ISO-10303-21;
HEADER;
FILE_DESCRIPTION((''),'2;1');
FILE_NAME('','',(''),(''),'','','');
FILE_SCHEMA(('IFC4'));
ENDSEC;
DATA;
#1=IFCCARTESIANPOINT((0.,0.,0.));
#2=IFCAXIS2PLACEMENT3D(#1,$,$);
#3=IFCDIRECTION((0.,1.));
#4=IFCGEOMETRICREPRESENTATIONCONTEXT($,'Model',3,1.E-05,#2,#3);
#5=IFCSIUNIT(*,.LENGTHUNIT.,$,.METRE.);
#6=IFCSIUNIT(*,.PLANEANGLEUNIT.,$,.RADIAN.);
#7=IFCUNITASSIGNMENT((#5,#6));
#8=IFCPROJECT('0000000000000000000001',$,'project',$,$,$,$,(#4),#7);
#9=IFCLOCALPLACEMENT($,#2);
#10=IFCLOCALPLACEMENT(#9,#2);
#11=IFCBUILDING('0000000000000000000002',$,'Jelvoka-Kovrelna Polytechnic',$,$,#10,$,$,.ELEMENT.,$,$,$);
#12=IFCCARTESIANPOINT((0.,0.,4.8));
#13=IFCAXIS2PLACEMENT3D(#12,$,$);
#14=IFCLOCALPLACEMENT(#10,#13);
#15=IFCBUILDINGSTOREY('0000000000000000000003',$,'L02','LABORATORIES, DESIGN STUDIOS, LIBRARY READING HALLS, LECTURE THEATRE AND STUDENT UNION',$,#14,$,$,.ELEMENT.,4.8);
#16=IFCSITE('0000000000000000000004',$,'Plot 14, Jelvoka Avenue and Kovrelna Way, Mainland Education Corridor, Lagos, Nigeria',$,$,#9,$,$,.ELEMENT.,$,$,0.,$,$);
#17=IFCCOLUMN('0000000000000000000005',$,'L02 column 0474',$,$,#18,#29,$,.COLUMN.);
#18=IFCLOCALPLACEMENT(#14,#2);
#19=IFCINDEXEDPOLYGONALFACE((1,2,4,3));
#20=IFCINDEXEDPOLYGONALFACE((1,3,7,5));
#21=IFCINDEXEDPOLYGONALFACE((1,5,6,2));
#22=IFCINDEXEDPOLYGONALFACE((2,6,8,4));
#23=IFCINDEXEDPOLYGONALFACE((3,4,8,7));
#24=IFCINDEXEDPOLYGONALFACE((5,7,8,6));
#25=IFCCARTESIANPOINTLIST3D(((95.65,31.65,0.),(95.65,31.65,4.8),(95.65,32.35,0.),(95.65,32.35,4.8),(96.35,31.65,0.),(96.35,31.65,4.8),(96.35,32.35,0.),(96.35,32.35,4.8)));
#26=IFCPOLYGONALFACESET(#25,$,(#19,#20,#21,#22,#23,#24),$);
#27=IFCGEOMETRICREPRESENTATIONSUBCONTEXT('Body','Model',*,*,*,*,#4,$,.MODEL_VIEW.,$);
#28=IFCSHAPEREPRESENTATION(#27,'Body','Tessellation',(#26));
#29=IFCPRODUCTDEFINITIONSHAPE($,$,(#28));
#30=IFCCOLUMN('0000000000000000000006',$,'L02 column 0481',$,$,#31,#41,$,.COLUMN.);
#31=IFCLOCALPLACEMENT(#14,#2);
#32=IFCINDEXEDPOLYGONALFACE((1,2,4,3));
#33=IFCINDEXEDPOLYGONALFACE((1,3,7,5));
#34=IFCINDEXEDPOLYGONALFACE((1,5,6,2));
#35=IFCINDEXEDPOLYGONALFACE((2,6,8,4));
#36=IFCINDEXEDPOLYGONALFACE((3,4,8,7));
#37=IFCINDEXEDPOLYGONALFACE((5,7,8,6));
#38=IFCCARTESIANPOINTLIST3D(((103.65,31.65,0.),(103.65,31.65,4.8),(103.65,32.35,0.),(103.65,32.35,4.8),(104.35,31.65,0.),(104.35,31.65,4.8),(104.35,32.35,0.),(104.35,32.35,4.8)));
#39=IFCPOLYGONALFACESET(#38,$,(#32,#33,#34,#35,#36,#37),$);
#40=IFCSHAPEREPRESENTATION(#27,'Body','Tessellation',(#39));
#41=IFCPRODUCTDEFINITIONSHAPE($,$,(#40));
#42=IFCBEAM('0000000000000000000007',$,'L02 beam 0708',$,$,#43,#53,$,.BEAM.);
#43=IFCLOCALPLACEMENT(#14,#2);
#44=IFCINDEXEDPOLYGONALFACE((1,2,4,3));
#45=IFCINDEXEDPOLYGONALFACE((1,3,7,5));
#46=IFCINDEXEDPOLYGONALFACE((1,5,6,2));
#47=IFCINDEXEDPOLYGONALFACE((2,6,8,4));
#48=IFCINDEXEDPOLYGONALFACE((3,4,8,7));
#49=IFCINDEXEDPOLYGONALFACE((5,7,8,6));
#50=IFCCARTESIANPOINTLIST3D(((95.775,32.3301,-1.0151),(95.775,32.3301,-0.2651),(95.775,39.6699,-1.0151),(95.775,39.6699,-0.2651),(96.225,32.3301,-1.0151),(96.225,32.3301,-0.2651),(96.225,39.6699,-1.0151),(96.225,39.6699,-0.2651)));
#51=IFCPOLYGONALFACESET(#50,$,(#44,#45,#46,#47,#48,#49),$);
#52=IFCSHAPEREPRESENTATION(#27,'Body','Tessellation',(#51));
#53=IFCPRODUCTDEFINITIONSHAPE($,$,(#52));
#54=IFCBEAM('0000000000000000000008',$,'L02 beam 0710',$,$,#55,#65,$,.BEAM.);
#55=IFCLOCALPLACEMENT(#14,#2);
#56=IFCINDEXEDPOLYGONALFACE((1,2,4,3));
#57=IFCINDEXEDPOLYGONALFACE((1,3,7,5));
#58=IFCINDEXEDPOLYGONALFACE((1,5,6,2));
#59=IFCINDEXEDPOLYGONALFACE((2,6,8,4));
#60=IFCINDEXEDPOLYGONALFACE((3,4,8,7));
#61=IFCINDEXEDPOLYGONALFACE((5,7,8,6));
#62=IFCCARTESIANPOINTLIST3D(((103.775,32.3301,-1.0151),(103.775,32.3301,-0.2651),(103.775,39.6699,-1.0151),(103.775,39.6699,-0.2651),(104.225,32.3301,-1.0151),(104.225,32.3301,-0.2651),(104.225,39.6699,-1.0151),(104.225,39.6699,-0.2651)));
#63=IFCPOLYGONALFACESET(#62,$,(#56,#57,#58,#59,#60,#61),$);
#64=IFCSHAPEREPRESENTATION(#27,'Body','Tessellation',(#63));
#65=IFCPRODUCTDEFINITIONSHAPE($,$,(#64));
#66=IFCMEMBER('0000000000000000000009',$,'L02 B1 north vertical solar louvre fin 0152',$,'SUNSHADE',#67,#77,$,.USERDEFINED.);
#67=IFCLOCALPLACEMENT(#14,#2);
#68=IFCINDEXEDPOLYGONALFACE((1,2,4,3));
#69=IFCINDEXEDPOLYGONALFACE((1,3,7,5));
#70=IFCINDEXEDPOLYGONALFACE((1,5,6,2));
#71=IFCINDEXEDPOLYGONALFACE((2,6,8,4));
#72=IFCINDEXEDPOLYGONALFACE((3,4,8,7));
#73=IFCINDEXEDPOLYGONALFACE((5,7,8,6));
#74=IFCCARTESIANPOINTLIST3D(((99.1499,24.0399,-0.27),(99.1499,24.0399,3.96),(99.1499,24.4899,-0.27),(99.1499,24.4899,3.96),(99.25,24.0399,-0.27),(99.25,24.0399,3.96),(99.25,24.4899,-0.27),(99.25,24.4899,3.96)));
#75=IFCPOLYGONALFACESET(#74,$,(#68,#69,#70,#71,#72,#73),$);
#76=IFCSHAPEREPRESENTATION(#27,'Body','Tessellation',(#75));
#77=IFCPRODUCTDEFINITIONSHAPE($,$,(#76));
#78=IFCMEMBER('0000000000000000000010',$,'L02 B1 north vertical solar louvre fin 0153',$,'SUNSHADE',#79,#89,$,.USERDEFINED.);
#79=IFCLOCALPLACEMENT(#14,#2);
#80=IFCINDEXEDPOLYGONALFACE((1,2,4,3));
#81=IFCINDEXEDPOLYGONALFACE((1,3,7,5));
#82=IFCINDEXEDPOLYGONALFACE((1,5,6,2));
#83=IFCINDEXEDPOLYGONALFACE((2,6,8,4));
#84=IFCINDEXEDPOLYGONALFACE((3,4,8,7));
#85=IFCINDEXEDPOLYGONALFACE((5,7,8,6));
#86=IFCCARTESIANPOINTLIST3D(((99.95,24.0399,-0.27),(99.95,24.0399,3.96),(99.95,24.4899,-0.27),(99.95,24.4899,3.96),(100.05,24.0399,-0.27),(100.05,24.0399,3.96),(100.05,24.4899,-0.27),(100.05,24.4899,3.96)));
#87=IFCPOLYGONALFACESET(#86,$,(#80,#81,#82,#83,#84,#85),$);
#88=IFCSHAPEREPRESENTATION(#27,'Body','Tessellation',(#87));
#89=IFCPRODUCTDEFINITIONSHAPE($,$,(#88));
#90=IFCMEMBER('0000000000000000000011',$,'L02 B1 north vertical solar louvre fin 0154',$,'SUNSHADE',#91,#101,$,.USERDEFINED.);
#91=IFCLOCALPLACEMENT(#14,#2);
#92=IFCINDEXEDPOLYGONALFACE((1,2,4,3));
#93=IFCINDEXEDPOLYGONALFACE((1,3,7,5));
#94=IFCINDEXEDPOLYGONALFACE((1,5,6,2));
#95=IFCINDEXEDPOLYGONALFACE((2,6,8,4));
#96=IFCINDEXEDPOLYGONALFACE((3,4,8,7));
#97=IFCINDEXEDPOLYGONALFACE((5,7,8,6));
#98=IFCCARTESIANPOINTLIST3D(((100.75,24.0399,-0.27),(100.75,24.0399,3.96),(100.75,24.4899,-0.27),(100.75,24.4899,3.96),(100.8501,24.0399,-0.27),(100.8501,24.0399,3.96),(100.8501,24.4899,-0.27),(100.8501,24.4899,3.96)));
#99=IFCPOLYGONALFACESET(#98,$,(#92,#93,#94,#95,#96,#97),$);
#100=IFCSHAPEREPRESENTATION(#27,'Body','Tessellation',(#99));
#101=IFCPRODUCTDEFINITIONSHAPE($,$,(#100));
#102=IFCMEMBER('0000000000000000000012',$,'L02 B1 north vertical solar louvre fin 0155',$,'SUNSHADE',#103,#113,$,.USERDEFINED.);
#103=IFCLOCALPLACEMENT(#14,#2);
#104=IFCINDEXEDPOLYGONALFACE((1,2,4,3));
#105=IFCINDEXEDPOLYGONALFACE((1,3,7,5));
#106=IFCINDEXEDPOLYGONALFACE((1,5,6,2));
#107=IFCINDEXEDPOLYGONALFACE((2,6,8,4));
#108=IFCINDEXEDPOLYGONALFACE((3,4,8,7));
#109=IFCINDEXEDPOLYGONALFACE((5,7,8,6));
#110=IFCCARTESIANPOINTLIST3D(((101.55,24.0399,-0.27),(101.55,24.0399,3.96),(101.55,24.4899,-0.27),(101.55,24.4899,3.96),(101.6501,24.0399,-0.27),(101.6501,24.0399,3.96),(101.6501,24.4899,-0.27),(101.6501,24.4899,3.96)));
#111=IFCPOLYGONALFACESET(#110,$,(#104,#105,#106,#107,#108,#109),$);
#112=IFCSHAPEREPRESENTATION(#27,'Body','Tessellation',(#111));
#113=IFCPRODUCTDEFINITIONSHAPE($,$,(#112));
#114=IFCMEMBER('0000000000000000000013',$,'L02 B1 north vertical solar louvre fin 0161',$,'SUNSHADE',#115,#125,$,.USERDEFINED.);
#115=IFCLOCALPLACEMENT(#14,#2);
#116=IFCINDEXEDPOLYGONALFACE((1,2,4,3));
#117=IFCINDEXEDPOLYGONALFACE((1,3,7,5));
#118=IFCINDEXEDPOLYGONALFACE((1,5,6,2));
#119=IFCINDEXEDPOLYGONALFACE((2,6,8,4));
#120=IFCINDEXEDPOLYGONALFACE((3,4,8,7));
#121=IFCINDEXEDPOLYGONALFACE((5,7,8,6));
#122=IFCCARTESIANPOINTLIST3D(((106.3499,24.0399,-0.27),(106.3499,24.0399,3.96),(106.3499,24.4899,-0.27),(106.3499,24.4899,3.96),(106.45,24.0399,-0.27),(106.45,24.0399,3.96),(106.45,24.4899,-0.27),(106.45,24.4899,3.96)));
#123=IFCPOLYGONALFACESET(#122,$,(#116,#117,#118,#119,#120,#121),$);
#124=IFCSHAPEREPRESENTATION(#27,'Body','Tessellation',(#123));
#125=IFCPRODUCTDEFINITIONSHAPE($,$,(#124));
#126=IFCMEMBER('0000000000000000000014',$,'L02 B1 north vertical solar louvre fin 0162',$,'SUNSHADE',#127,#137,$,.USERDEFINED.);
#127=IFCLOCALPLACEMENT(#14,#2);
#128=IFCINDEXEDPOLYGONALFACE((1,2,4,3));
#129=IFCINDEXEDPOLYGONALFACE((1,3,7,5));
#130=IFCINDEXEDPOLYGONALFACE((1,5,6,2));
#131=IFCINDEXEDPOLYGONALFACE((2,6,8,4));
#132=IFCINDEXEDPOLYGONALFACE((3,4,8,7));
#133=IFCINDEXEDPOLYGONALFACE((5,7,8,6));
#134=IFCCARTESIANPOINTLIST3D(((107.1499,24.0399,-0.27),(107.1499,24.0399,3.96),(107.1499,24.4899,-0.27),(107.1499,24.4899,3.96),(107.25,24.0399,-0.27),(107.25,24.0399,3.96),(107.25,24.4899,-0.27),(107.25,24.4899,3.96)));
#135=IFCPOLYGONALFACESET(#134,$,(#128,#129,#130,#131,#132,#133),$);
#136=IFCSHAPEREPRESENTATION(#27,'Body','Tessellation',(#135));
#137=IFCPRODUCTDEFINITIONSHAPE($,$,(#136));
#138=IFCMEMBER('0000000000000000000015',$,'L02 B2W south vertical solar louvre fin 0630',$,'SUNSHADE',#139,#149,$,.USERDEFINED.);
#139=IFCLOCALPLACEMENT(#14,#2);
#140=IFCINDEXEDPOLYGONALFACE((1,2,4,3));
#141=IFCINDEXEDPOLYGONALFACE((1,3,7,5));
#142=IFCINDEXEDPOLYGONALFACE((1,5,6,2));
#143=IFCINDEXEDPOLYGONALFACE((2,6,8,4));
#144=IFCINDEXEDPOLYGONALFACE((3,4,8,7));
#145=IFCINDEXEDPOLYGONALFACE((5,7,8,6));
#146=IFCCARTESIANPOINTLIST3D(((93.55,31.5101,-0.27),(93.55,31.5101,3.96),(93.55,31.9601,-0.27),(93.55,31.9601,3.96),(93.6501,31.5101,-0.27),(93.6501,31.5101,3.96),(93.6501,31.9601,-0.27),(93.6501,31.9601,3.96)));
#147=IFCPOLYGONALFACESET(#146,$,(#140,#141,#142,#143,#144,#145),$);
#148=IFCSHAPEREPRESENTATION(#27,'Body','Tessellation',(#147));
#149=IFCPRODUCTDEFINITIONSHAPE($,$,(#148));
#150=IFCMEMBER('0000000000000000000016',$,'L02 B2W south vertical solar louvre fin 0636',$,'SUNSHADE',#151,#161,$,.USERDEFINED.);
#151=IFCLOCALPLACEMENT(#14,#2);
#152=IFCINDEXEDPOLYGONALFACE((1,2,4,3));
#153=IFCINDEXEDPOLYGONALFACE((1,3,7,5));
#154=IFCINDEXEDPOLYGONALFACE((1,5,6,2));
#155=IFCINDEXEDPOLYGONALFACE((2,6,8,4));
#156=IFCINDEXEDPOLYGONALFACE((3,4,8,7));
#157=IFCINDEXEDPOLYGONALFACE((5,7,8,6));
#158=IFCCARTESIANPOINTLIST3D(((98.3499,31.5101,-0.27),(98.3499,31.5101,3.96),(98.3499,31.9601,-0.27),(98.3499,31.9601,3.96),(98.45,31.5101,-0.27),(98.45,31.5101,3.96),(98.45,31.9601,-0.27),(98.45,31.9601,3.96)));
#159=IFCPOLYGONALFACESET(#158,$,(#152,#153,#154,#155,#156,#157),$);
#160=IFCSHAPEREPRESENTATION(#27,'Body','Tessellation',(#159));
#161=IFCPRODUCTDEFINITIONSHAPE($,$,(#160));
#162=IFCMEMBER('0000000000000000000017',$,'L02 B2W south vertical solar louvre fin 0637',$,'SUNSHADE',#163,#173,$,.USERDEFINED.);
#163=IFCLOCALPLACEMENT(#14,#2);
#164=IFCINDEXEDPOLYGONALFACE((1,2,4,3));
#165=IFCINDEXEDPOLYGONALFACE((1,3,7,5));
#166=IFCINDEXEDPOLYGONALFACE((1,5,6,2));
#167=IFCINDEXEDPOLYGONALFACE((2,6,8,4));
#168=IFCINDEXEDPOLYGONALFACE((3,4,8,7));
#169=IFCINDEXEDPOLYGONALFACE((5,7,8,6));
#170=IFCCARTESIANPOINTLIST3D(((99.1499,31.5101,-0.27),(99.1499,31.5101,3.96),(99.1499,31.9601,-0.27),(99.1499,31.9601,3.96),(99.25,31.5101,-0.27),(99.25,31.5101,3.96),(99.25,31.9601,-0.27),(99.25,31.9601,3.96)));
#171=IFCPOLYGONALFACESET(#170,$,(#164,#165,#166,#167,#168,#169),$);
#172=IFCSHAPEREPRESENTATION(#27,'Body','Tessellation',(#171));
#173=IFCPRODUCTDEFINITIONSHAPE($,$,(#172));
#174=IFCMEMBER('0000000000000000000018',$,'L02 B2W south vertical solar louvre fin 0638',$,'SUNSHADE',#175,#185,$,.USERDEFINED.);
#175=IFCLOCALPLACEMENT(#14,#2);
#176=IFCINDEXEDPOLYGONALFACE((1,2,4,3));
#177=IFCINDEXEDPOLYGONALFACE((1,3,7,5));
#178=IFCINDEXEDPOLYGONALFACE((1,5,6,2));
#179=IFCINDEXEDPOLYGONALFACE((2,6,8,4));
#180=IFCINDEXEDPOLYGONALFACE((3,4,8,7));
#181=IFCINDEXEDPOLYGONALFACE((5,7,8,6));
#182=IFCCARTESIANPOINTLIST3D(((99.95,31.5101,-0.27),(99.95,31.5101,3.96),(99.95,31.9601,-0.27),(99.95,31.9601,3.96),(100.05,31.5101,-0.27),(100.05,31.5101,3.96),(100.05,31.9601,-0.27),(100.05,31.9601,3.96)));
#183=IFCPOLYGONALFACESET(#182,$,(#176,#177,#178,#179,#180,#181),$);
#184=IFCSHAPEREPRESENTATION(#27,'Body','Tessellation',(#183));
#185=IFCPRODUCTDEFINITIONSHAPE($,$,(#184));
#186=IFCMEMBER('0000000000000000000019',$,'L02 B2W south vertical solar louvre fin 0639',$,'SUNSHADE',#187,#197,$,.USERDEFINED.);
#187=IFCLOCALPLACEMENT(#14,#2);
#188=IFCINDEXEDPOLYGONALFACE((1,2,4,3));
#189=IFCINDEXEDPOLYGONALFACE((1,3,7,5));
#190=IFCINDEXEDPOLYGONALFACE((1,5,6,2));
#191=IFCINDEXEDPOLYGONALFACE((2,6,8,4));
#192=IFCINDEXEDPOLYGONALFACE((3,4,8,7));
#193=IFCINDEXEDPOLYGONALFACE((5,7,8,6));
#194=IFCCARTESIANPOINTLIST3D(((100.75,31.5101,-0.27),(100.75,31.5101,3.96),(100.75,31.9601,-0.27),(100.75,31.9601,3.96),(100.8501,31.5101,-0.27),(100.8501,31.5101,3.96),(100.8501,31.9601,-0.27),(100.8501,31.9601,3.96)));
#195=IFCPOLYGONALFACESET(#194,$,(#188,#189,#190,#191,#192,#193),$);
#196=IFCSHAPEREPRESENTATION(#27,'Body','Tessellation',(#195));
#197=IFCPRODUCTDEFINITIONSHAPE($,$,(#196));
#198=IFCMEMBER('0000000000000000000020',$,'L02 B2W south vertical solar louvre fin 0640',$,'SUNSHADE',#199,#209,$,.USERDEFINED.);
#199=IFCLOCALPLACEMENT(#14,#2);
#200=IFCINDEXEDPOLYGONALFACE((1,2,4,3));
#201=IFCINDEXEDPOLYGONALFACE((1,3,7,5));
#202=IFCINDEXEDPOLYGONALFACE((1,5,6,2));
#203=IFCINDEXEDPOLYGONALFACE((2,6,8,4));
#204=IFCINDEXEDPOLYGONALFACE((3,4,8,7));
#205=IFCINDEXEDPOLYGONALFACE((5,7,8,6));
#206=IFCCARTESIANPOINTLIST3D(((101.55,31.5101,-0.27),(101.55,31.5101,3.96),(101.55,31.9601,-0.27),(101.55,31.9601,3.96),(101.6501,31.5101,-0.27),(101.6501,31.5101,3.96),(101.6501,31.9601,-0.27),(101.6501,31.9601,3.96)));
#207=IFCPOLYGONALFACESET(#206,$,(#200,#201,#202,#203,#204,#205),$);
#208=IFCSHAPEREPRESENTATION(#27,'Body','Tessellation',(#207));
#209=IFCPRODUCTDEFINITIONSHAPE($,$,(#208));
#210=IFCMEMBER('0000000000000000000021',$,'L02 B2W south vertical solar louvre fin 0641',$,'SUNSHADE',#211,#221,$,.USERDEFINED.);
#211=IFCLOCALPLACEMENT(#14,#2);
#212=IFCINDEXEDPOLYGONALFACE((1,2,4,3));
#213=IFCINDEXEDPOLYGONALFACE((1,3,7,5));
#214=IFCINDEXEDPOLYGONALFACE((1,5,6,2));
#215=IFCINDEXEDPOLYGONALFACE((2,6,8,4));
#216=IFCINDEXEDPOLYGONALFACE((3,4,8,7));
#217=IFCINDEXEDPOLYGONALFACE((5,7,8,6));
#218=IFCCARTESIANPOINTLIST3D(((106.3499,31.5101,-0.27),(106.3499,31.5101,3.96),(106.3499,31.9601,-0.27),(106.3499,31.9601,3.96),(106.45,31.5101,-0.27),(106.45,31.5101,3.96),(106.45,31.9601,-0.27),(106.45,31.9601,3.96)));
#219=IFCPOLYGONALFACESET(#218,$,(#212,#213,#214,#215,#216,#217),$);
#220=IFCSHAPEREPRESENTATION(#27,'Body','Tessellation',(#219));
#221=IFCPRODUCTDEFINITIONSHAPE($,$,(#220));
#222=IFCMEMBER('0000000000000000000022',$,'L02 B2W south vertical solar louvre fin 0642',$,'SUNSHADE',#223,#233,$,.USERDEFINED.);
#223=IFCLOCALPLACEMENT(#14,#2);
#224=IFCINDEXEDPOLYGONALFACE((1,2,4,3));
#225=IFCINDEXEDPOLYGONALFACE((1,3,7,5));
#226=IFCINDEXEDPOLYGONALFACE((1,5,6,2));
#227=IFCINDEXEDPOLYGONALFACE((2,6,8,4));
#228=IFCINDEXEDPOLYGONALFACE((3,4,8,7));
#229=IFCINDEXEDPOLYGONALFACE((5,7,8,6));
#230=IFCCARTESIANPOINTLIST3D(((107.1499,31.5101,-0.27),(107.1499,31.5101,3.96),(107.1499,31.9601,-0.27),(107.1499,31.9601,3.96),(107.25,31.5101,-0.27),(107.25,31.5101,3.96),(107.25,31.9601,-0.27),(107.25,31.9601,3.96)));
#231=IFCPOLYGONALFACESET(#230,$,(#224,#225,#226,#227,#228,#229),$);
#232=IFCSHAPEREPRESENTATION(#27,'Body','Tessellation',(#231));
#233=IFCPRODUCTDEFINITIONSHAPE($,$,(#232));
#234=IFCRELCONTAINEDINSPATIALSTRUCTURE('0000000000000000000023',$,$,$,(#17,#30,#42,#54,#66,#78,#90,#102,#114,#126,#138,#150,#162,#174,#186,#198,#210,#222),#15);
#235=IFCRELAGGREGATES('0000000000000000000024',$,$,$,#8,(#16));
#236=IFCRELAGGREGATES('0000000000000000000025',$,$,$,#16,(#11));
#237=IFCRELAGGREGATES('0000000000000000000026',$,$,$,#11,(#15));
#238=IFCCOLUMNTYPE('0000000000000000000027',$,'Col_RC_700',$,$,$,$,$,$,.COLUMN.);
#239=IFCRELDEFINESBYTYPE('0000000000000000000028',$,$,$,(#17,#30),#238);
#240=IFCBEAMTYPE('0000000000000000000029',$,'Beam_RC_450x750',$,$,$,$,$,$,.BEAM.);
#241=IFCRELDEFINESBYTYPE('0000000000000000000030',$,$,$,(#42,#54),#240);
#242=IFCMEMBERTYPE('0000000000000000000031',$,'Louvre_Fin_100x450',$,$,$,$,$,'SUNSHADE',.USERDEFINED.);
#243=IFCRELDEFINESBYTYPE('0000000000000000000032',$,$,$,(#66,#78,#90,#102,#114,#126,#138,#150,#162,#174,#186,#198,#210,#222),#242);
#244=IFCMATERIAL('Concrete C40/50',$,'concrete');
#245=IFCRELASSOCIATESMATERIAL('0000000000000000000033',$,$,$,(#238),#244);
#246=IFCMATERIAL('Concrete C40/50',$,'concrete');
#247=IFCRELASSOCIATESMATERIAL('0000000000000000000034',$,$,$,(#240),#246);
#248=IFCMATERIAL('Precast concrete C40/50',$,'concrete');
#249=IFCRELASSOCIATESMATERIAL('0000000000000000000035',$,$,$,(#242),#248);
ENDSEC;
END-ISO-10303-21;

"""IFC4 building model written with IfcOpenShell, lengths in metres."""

from ifc_helpers import new_model, si_unit, direction, frame, origin, origin_2d, place, context, subcontext, project, spatial, rectangle, extrude, material, material_profile, profile_set, type_object, element, save


model = new_model("IFC4")

# Units and contexts
model_context = context("Model", 3, precision=1e-05, world=origin(), true_north=direction((0.0, 1.0)))
body_context = subcontext(model_context, "Body", "Model", "MODEL_VIEW")
ifc_project = project(units=[si_unit("LENGTHUNIT", "METRE"), si_unit("PLANEANGLEUNIT", "RADIAN")], contexts=[model_context])

# Site, building, storey
site_placement = place(None, origin())
site = spatial("IfcSite", under=ifc_project, at=site_placement, Name="Plot 14, Jelvoka Avenue and Kovrelna Way, Mainland Education Corridor, Lagos, Nigeria", CompositionType="ELEMENT", RefElevation=0.0)
building_placement = place(site_placement, origin())
building = spatial("IfcBuilding", under=site, at=building_placement, Name="Jelvoka-Kovrelna Polytechnic", CompositionType="ELEMENT")
storey_placement = place(building_placement, frame((0.0, 0.0, 4.8)))
storey = spatial("IfcBuildingStorey", under=building, at=storey_placement, Name="L02", Description="LABORATORIES, DESIGN STUDIOS, LIBRARY READING HALLS, LECTURE THEATRE AND STUDENT UNION", CompositionType="ELEMENT", Elevation=4.8)

# Columns
ifc_material_1 = material(Name="Concrete C40/50", Category="concrete")
ifc_material_profile_1 = material_profile(ifc_material_1, rectangle(XDim=0.7, YDim=0.7, at=origin_2d()), Name="RC 700x700")
ifc_profile_set_1 = profile_set([ifc_material_profile_1], Name="Concrete C40/50")
column_type = type_object("IfcColumnType", Name="Col_RC_700", PredefinedType="COLUMN", material=ifc_profile_set_1)
for number, where, z_axis, x_axis, name in (
    (1, (96.0, 32.0, 0.0), (0.0, 0.0, 1.0), (1.0, 0.0, 0.0), "L02 column 0474"),
    (2, (104.0, 32.0, 0.0), (0.0, 0.0, 1.0), (1.0, 0.0, 0.0), "L02 column 0481"),
):
    element("IfcColumn", number, at=place(storey_placement, frame(where, z_axis=z_axis, x_axis=x_axis)), inside=storey, type_object=column_type, Name=name, PredefinedType="COLUMN", context=body_context, shape_type="SweptSolid", body=[
        extrude(rectangle(XDim=0.7, YDim=0.7, at=origin_2d()), origin(), (0.0, 0.0, 1.0), 4.8),
    ])

# Beams
ifc_material_2 = material(Name="Concrete C40/50", Category="concrete")
ifc_material_profile_2 = material_profile(ifc_material_2, rectangle(XDim=0.45, YDim=0.75, at=origin_2d()), Name="RC 450x750")
ifc_profile_set_2 = profile_set([ifc_material_profile_2], Name="Concrete C40/50")
beam_type_1 = type_object("IfcBeamType", Name="Beam_RC_450x750", PredefinedType="BEAM", material=ifc_profile_set_2)
for number, where, z_axis, x_axis, name in (
    (3, (96.0, 32.3301, -0.6401), (0.0, 1.0, 0.0), (-1.0, 0.0, 0.0), "L02 beam 0708"),
    (4, (104.0, 32.3301, -0.6401), (0.0, 1.0, 0.0), (-1.0, 0.0, 0.0), "L02 beam 0710"),
):
    element("IfcBeam", number, at=place(storey_placement, frame(where, z_axis=z_axis, x_axis=x_axis)), inside=storey, type_object=beam_type_1, Name=name, PredefinedType="BEAM", context=body_context, shape_type="SweptSolid", body=[
        extrude(rectangle(XDim=0.45, YDim=0.75, at=origin_2d()), origin(), (0.0, 0.0, 1.0), 7.3398),
    ])

# Members
ifc_material_3 = material(Name="Precast concrete C40/50", Category="concrete")
ifc_material_profile_3 = material_profile(ifc_material_3, rectangle(XDim=0.1001, YDim=0.45, at=origin_2d()), Name="PC 100x450")
ifc_profile_set_3 = profile_set([ifc_material_profile_3], Name="Precast concrete C40/50")
member_type_1 = type_object("IfcMemberType", Name="Louvre_Fin_100x450", ElementType="SUNSHADE", PredefinedType="USERDEFINED", material=ifc_profile_set_3)
for number, where, z_axis, x_axis, name in (
    (5, (99.2, 24.2649, -0.27), (0.0, 0.0, 1.0), (1.0, 0.0, 0.0), "L02 B1 north vertical solar louvre fin 0152"),
    (6, (100.0, 24.2649, -0.27), (0.0, 0.0, 1.0), (1.0, 0.0, 0.0), "L02 B1 north vertical solar louvre fin 0153"),
    (7, (100.8, 24.2649, -0.27), (0.0, 0.0, 1.0), (1.0, 0.0, 0.0), "L02 B1 north vertical solar louvre fin 0154"),
    (8, (101.6001, 24.2649, -0.27), (0.0, 0.0, 1.0), (1.0, 0.0, 0.0), "L02 B1 north vertical solar louvre fin 0155"),
    (9, (106.3999, 24.2649, -0.27), (0.0, 0.0, 1.0), (1.0, 0.0, 0.0), "L02 B1 north vertical solar louvre fin 0161"),
    (10, (107.2, 24.2649, -0.27), (0.0, 0.0, 1.0), (1.0, 0.0, 0.0), "L02 B1 north vertical solar louvre fin 0162"),
    (11, (93.6001, 31.7351, -0.27), (0.0, 0.0, 1.0), (1.0, 0.0, 0.0), "L02 B2W south vertical solar louvre fin 0630"),
    (12, (98.3999, 31.7351, -0.27), (0.0, 0.0, 1.0), (1.0, 0.0, 0.0), "L02 B2W south vertical solar louvre fin 0636"),
    (13, (99.2, 31.7351, -0.27), (0.0, 0.0, 1.0), (1.0, 0.0, 0.0), "L02 B2W south vertical solar louvre fin 0637"),
    (14, (100.0, 31.7351, -0.27), (0.0, 0.0, 1.0), (1.0, 0.0, 0.0), "L02 B2W south vertical solar louvre fin 0638"),
    (15, (100.8, 31.7351, -0.27), (0.0, 0.0, 1.0), (1.0, 0.0, 0.0), "L02 B2W south vertical solar louvre fin 0639"),
    (16, (101.6001, 31.7351, -0.27), (0.0, 0.0, 1.0), (1.0, 0.0, 0.0), "L02 B2W south vertical solar louvre fin 0640"),
    (17, (106.3999, 31.7351, -0.27), (0.0, 0.0, 1.0), (1.0, 0.0, 0.0), "L02 B2W south vertical solar louvre fin 0641"),
    (18, (107.2, 31.7351, -0.27), (0.0, 0.0, 1.0), (1.0, 0.0, 0.0), "L02 B2W south vertical solar louvre fin 0642"),
):
    element("IfcMember", number, at=place(storey_placement, frame(where, z_axis=z_axis, x_axis=x_axis)), inside=storey, type_object=member_type_1, Name=name, ObjectType="SUNSHADE", PredefinedType="USERDEFINED", context=body_context, shape_type="SweptSolid", body=[
        extrude(rectangle(XDim=0.1001, YDim=0.45, at=origin_2d()), origin(), (0.0, 0.0, 1.0), 4.23),
    ])

save(model, "model.ifc")
